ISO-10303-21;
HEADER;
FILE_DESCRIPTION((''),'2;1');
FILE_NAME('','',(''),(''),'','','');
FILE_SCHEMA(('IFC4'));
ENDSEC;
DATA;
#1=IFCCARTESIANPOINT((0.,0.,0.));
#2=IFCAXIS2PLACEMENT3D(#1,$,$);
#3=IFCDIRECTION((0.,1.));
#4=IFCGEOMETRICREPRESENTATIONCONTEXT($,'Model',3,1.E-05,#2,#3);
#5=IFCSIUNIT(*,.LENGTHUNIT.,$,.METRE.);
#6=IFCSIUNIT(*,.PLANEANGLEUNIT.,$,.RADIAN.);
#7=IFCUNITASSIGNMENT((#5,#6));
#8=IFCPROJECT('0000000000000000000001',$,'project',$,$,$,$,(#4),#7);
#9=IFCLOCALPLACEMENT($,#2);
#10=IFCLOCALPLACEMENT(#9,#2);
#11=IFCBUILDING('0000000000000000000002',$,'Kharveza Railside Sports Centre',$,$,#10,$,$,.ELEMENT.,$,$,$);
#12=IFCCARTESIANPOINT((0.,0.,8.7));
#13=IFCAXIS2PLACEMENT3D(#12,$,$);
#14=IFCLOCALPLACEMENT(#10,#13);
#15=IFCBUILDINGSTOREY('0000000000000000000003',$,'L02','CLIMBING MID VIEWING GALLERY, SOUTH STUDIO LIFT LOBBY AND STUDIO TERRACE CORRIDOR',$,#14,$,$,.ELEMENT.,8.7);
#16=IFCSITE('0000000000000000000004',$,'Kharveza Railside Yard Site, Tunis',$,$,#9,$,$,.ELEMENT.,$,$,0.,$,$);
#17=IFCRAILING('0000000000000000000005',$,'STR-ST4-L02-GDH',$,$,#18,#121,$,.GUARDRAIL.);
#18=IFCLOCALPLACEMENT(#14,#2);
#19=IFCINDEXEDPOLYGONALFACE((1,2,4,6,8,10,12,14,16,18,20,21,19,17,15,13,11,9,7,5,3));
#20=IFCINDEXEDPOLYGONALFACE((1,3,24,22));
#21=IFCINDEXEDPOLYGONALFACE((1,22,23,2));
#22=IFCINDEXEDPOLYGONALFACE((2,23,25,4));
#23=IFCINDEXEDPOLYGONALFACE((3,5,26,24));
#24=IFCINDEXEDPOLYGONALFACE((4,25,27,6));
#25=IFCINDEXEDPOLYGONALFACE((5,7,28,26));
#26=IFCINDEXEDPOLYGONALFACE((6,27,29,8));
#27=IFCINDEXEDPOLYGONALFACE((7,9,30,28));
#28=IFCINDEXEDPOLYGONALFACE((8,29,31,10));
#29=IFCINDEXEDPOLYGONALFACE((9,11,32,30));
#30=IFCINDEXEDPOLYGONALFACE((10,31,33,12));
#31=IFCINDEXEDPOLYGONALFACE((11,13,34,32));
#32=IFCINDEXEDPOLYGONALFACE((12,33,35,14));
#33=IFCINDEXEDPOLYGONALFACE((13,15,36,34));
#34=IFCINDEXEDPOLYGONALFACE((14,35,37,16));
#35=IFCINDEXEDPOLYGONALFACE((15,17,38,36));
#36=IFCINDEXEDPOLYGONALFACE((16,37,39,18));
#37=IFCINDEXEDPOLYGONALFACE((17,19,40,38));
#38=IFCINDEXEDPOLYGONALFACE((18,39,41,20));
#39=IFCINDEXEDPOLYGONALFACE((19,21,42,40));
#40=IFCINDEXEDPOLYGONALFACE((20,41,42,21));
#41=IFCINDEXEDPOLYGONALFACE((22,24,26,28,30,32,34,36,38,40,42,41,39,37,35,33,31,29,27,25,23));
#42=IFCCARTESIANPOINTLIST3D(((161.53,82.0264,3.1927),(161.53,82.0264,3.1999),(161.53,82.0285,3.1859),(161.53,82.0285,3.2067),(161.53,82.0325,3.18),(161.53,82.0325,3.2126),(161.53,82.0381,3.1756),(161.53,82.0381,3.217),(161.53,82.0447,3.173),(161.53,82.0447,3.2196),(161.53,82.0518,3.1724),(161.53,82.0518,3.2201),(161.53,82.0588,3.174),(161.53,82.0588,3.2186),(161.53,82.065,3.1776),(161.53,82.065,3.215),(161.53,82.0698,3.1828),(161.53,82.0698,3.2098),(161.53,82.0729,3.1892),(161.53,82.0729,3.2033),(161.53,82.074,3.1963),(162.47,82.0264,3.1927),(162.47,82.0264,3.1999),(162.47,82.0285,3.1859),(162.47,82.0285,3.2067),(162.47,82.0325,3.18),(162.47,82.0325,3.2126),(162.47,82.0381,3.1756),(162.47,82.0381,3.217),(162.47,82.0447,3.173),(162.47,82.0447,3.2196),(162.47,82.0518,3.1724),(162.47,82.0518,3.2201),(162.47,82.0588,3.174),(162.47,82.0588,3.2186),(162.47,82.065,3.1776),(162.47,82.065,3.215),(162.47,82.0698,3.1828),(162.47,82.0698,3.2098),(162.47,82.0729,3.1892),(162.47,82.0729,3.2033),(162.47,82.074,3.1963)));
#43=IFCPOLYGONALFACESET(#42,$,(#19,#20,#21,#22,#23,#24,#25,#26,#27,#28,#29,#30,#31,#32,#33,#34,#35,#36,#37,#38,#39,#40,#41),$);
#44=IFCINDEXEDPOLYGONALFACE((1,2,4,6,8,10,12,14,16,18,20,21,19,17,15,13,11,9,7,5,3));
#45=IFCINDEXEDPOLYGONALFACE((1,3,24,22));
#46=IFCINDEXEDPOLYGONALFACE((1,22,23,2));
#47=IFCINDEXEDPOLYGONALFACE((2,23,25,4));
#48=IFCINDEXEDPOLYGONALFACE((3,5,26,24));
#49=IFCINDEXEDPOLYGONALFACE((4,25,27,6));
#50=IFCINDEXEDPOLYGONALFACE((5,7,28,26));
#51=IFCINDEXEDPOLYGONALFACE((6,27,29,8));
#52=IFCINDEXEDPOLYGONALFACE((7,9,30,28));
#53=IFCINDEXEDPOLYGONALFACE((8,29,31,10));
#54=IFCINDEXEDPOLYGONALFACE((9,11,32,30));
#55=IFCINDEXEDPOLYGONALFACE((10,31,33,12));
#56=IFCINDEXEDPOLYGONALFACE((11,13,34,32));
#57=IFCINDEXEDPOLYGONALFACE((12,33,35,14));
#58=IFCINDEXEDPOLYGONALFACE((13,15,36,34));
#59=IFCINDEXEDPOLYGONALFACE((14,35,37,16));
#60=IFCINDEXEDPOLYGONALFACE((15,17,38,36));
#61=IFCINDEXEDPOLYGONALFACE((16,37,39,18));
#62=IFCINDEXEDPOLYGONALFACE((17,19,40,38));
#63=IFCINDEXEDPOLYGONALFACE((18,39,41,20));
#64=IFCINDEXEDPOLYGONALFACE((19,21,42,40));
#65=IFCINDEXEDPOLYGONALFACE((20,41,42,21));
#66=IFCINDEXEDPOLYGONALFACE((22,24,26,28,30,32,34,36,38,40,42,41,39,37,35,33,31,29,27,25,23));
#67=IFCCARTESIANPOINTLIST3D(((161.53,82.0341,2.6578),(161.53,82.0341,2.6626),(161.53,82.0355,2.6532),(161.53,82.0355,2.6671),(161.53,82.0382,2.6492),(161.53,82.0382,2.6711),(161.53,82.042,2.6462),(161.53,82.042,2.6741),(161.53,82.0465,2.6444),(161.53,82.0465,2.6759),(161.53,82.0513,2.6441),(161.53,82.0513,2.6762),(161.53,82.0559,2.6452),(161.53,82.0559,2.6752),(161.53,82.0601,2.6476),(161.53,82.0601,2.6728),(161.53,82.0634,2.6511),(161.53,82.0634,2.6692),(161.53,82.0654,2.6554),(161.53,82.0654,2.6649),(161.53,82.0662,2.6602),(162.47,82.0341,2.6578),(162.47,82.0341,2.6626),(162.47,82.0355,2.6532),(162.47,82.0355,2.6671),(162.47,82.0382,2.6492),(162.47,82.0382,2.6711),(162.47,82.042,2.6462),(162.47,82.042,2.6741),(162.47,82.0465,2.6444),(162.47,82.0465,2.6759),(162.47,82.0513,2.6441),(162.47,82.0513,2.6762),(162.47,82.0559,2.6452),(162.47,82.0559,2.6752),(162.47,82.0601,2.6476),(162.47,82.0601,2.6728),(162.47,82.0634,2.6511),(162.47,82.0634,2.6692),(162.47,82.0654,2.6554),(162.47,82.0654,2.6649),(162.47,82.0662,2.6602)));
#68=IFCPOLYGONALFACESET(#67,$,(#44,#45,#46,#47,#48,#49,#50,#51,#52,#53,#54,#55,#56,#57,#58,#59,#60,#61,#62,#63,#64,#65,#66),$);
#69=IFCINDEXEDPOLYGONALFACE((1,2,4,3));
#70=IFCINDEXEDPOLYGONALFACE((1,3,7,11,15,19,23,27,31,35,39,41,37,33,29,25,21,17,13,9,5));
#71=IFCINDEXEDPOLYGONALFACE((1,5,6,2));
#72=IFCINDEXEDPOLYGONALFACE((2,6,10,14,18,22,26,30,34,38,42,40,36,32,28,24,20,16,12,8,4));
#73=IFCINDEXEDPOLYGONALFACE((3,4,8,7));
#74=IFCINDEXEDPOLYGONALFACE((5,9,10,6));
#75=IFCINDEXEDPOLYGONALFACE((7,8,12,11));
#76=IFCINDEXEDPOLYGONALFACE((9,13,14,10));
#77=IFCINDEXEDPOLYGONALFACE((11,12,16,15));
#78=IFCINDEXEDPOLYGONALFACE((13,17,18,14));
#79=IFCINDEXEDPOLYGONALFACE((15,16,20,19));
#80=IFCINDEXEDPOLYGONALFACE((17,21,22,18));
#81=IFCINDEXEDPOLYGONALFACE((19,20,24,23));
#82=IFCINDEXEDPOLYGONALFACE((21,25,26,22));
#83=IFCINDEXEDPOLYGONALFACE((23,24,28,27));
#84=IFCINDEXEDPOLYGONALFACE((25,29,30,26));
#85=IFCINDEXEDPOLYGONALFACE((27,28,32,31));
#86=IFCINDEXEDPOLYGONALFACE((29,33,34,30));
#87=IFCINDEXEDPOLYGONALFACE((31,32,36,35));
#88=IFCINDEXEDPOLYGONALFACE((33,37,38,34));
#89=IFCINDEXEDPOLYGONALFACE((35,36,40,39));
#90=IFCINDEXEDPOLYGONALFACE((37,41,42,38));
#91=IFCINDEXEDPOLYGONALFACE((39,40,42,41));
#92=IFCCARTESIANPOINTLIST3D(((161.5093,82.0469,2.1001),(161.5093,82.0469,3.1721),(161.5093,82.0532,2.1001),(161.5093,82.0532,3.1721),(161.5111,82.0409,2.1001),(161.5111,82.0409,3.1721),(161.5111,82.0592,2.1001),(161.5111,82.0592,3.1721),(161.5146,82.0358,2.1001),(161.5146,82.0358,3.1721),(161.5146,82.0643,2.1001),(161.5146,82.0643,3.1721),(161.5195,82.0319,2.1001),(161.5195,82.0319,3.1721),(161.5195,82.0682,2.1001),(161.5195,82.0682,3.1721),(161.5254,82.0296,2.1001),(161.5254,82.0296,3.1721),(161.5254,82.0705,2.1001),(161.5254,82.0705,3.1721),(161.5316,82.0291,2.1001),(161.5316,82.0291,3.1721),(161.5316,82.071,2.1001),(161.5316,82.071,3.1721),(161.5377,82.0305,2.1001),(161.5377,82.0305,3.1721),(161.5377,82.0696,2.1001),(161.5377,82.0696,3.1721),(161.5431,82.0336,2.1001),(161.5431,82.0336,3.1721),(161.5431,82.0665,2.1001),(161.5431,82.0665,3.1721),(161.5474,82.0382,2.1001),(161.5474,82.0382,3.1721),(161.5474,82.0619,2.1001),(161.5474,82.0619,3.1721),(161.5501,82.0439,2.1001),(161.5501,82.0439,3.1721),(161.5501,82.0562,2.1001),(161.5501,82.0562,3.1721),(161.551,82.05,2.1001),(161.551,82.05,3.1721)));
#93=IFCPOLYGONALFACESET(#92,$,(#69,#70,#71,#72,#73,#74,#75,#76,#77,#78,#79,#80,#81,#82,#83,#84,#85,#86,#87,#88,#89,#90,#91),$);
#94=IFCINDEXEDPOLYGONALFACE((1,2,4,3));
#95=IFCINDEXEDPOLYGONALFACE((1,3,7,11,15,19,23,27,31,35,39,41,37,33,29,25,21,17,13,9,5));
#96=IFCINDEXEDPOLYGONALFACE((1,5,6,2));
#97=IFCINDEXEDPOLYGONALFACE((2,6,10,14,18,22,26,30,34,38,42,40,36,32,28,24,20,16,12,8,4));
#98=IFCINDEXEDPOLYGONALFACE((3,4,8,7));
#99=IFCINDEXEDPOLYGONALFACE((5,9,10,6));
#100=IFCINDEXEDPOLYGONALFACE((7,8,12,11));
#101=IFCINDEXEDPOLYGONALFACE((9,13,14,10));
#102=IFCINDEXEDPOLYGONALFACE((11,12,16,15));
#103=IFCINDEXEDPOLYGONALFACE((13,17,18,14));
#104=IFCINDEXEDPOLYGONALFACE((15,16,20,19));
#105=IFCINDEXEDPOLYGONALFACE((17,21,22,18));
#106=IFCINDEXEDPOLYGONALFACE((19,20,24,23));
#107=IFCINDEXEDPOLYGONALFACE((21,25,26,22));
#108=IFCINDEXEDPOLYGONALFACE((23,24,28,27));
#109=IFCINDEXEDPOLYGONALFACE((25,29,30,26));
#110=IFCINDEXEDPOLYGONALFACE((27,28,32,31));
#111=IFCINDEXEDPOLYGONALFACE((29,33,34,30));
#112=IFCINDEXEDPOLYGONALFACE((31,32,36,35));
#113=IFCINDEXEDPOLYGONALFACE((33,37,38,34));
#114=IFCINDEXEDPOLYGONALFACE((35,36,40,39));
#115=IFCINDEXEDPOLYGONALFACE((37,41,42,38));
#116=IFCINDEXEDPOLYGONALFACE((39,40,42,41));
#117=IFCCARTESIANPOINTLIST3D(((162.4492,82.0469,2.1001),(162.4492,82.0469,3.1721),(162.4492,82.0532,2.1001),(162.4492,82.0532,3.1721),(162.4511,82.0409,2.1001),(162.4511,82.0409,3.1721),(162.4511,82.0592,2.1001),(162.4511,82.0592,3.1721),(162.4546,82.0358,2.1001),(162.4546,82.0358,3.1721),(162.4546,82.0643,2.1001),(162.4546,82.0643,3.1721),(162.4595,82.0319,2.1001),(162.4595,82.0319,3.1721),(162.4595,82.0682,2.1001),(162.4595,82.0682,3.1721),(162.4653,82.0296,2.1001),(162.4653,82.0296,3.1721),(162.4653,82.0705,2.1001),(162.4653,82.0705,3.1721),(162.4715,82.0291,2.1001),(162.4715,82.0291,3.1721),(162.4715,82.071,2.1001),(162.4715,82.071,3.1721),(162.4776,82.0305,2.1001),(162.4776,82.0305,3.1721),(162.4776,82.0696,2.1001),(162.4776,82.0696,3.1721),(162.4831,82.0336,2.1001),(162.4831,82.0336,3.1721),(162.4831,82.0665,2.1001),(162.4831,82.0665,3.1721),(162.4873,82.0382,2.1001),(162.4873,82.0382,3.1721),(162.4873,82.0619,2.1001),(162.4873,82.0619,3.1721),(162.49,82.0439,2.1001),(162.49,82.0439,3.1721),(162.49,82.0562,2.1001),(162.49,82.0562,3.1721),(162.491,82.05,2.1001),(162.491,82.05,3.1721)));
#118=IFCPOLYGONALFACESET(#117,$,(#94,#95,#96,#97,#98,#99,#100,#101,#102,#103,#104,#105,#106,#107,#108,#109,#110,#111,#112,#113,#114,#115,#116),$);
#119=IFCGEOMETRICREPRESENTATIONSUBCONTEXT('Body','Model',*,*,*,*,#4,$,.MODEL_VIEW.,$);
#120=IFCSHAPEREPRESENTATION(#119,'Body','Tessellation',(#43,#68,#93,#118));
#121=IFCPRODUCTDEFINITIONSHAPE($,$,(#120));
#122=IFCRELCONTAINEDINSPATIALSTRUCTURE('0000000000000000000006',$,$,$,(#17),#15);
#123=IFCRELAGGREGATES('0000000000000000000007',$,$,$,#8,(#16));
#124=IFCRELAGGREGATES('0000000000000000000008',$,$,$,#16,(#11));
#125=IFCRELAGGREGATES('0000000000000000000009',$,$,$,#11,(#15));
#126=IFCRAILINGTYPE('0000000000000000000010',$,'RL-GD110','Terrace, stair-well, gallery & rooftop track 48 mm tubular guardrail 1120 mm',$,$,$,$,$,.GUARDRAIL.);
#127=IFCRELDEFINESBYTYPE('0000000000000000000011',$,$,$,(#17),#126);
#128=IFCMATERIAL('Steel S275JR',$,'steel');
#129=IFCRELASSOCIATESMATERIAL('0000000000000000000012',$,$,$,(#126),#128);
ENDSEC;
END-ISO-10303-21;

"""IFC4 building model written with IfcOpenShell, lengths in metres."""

from ifc_helpers import new_model, si_unit, direction, frame, origin, origin_2d, place, context, subcontext, project, spatial, circle, extrude, material, type_object, element, save


model = new_model("IFC4")

# Units and contexts
model_context = context("Model", 3, precision=1e-05, world=origin(), true_north=direction((0.0, 1.0)))
body_context = subcontext(model_context, "Body", "Model", "MODEL_VIEW")
ifc_project = project(units=[si_unit("LENGTHUNIT", "METRE"), si_unit("PLANEANGLEUNIT", "RADIAN")], contexts=[model_context])

# Site, building, storey
site_placement = place(None, origin())
site = spatial("IfcSite", under=ifc_project, at=site_placement, Name="Kharveza Railside Yard Site, Tunis", CompositionType="ELEMENT", RefElevation=0.0)
building_placement = place(site_placement, origin())
building = spatial("IfcBuilding", under=site, at=building_placement, Name="Kharveza Railside Sports Centre", CompositionType="ELEMENT")
storey_placement = place(building_placement, frame((0.0, 0.0, 8.7)))
storey = spatial("IfcBuildingStorey", under=building, at=storey_placement, Name="L02", Description="CLIMBING MID VIEWING GALLERY, SOUTH STUDIO LIFT LOBBY AND STUDIO TERRACE CORRIDOR", CompositionType="ELEMENT", Elevation=8.7)

# Railing
ifc_material_1 = material(Name="Steel S275JR", Category="steel")
railing_type_1 = type_object("IfcRailingType", Name="RL-GD110", Description="Terrace, stair-well, gallery & rooftop track 48 mm tubular guardrail 1120 mm", PredefinedType="GUARDRAIL", material=ifc_material_1)
railing_1_placement = place(storey_placement, frame((161.53, 82.05, 2.1001)))
element("IfcRailing", 1, at=railing_1_placement, inside=storey, type_object=railing_type_1, Name="STR-ST4-L02-GDH", PredefinedType="GUARDRAIL", context=body_context, shape_type="SweptSolid", body=[
    extrude(circle(Radius=0.0239, at=origin_2d()), frame((0.0, 0.0, 1.0962), z_axis=(1.0, 0.0, 0.0), x_axis=(0.0, 1.0, 0.0)), (0.0, 0.0, 1.0), 0.9399),
    extrude(circle(Radius=0.0161, at=origin_2d()), frame((0.0, 0.0, 0.5601), z_axis=(1.0, 0.0, 0.0), x_axis=(0.0, 1.0, 0.0)), (0.0, 0.0, 1.0), 0.9399),
    extrude(circle(Radius=0.021, at=origin_2d()), origin(), (0.0, 0.0, 1.0), 1.072),
    extrude(circle(Radius=0.021, at=origin_2d()), frame((0.9399, 0.0, 0.0)), (0.0, 0.0, 1.0), 1.072),
])

save(model, "model.ifc")
